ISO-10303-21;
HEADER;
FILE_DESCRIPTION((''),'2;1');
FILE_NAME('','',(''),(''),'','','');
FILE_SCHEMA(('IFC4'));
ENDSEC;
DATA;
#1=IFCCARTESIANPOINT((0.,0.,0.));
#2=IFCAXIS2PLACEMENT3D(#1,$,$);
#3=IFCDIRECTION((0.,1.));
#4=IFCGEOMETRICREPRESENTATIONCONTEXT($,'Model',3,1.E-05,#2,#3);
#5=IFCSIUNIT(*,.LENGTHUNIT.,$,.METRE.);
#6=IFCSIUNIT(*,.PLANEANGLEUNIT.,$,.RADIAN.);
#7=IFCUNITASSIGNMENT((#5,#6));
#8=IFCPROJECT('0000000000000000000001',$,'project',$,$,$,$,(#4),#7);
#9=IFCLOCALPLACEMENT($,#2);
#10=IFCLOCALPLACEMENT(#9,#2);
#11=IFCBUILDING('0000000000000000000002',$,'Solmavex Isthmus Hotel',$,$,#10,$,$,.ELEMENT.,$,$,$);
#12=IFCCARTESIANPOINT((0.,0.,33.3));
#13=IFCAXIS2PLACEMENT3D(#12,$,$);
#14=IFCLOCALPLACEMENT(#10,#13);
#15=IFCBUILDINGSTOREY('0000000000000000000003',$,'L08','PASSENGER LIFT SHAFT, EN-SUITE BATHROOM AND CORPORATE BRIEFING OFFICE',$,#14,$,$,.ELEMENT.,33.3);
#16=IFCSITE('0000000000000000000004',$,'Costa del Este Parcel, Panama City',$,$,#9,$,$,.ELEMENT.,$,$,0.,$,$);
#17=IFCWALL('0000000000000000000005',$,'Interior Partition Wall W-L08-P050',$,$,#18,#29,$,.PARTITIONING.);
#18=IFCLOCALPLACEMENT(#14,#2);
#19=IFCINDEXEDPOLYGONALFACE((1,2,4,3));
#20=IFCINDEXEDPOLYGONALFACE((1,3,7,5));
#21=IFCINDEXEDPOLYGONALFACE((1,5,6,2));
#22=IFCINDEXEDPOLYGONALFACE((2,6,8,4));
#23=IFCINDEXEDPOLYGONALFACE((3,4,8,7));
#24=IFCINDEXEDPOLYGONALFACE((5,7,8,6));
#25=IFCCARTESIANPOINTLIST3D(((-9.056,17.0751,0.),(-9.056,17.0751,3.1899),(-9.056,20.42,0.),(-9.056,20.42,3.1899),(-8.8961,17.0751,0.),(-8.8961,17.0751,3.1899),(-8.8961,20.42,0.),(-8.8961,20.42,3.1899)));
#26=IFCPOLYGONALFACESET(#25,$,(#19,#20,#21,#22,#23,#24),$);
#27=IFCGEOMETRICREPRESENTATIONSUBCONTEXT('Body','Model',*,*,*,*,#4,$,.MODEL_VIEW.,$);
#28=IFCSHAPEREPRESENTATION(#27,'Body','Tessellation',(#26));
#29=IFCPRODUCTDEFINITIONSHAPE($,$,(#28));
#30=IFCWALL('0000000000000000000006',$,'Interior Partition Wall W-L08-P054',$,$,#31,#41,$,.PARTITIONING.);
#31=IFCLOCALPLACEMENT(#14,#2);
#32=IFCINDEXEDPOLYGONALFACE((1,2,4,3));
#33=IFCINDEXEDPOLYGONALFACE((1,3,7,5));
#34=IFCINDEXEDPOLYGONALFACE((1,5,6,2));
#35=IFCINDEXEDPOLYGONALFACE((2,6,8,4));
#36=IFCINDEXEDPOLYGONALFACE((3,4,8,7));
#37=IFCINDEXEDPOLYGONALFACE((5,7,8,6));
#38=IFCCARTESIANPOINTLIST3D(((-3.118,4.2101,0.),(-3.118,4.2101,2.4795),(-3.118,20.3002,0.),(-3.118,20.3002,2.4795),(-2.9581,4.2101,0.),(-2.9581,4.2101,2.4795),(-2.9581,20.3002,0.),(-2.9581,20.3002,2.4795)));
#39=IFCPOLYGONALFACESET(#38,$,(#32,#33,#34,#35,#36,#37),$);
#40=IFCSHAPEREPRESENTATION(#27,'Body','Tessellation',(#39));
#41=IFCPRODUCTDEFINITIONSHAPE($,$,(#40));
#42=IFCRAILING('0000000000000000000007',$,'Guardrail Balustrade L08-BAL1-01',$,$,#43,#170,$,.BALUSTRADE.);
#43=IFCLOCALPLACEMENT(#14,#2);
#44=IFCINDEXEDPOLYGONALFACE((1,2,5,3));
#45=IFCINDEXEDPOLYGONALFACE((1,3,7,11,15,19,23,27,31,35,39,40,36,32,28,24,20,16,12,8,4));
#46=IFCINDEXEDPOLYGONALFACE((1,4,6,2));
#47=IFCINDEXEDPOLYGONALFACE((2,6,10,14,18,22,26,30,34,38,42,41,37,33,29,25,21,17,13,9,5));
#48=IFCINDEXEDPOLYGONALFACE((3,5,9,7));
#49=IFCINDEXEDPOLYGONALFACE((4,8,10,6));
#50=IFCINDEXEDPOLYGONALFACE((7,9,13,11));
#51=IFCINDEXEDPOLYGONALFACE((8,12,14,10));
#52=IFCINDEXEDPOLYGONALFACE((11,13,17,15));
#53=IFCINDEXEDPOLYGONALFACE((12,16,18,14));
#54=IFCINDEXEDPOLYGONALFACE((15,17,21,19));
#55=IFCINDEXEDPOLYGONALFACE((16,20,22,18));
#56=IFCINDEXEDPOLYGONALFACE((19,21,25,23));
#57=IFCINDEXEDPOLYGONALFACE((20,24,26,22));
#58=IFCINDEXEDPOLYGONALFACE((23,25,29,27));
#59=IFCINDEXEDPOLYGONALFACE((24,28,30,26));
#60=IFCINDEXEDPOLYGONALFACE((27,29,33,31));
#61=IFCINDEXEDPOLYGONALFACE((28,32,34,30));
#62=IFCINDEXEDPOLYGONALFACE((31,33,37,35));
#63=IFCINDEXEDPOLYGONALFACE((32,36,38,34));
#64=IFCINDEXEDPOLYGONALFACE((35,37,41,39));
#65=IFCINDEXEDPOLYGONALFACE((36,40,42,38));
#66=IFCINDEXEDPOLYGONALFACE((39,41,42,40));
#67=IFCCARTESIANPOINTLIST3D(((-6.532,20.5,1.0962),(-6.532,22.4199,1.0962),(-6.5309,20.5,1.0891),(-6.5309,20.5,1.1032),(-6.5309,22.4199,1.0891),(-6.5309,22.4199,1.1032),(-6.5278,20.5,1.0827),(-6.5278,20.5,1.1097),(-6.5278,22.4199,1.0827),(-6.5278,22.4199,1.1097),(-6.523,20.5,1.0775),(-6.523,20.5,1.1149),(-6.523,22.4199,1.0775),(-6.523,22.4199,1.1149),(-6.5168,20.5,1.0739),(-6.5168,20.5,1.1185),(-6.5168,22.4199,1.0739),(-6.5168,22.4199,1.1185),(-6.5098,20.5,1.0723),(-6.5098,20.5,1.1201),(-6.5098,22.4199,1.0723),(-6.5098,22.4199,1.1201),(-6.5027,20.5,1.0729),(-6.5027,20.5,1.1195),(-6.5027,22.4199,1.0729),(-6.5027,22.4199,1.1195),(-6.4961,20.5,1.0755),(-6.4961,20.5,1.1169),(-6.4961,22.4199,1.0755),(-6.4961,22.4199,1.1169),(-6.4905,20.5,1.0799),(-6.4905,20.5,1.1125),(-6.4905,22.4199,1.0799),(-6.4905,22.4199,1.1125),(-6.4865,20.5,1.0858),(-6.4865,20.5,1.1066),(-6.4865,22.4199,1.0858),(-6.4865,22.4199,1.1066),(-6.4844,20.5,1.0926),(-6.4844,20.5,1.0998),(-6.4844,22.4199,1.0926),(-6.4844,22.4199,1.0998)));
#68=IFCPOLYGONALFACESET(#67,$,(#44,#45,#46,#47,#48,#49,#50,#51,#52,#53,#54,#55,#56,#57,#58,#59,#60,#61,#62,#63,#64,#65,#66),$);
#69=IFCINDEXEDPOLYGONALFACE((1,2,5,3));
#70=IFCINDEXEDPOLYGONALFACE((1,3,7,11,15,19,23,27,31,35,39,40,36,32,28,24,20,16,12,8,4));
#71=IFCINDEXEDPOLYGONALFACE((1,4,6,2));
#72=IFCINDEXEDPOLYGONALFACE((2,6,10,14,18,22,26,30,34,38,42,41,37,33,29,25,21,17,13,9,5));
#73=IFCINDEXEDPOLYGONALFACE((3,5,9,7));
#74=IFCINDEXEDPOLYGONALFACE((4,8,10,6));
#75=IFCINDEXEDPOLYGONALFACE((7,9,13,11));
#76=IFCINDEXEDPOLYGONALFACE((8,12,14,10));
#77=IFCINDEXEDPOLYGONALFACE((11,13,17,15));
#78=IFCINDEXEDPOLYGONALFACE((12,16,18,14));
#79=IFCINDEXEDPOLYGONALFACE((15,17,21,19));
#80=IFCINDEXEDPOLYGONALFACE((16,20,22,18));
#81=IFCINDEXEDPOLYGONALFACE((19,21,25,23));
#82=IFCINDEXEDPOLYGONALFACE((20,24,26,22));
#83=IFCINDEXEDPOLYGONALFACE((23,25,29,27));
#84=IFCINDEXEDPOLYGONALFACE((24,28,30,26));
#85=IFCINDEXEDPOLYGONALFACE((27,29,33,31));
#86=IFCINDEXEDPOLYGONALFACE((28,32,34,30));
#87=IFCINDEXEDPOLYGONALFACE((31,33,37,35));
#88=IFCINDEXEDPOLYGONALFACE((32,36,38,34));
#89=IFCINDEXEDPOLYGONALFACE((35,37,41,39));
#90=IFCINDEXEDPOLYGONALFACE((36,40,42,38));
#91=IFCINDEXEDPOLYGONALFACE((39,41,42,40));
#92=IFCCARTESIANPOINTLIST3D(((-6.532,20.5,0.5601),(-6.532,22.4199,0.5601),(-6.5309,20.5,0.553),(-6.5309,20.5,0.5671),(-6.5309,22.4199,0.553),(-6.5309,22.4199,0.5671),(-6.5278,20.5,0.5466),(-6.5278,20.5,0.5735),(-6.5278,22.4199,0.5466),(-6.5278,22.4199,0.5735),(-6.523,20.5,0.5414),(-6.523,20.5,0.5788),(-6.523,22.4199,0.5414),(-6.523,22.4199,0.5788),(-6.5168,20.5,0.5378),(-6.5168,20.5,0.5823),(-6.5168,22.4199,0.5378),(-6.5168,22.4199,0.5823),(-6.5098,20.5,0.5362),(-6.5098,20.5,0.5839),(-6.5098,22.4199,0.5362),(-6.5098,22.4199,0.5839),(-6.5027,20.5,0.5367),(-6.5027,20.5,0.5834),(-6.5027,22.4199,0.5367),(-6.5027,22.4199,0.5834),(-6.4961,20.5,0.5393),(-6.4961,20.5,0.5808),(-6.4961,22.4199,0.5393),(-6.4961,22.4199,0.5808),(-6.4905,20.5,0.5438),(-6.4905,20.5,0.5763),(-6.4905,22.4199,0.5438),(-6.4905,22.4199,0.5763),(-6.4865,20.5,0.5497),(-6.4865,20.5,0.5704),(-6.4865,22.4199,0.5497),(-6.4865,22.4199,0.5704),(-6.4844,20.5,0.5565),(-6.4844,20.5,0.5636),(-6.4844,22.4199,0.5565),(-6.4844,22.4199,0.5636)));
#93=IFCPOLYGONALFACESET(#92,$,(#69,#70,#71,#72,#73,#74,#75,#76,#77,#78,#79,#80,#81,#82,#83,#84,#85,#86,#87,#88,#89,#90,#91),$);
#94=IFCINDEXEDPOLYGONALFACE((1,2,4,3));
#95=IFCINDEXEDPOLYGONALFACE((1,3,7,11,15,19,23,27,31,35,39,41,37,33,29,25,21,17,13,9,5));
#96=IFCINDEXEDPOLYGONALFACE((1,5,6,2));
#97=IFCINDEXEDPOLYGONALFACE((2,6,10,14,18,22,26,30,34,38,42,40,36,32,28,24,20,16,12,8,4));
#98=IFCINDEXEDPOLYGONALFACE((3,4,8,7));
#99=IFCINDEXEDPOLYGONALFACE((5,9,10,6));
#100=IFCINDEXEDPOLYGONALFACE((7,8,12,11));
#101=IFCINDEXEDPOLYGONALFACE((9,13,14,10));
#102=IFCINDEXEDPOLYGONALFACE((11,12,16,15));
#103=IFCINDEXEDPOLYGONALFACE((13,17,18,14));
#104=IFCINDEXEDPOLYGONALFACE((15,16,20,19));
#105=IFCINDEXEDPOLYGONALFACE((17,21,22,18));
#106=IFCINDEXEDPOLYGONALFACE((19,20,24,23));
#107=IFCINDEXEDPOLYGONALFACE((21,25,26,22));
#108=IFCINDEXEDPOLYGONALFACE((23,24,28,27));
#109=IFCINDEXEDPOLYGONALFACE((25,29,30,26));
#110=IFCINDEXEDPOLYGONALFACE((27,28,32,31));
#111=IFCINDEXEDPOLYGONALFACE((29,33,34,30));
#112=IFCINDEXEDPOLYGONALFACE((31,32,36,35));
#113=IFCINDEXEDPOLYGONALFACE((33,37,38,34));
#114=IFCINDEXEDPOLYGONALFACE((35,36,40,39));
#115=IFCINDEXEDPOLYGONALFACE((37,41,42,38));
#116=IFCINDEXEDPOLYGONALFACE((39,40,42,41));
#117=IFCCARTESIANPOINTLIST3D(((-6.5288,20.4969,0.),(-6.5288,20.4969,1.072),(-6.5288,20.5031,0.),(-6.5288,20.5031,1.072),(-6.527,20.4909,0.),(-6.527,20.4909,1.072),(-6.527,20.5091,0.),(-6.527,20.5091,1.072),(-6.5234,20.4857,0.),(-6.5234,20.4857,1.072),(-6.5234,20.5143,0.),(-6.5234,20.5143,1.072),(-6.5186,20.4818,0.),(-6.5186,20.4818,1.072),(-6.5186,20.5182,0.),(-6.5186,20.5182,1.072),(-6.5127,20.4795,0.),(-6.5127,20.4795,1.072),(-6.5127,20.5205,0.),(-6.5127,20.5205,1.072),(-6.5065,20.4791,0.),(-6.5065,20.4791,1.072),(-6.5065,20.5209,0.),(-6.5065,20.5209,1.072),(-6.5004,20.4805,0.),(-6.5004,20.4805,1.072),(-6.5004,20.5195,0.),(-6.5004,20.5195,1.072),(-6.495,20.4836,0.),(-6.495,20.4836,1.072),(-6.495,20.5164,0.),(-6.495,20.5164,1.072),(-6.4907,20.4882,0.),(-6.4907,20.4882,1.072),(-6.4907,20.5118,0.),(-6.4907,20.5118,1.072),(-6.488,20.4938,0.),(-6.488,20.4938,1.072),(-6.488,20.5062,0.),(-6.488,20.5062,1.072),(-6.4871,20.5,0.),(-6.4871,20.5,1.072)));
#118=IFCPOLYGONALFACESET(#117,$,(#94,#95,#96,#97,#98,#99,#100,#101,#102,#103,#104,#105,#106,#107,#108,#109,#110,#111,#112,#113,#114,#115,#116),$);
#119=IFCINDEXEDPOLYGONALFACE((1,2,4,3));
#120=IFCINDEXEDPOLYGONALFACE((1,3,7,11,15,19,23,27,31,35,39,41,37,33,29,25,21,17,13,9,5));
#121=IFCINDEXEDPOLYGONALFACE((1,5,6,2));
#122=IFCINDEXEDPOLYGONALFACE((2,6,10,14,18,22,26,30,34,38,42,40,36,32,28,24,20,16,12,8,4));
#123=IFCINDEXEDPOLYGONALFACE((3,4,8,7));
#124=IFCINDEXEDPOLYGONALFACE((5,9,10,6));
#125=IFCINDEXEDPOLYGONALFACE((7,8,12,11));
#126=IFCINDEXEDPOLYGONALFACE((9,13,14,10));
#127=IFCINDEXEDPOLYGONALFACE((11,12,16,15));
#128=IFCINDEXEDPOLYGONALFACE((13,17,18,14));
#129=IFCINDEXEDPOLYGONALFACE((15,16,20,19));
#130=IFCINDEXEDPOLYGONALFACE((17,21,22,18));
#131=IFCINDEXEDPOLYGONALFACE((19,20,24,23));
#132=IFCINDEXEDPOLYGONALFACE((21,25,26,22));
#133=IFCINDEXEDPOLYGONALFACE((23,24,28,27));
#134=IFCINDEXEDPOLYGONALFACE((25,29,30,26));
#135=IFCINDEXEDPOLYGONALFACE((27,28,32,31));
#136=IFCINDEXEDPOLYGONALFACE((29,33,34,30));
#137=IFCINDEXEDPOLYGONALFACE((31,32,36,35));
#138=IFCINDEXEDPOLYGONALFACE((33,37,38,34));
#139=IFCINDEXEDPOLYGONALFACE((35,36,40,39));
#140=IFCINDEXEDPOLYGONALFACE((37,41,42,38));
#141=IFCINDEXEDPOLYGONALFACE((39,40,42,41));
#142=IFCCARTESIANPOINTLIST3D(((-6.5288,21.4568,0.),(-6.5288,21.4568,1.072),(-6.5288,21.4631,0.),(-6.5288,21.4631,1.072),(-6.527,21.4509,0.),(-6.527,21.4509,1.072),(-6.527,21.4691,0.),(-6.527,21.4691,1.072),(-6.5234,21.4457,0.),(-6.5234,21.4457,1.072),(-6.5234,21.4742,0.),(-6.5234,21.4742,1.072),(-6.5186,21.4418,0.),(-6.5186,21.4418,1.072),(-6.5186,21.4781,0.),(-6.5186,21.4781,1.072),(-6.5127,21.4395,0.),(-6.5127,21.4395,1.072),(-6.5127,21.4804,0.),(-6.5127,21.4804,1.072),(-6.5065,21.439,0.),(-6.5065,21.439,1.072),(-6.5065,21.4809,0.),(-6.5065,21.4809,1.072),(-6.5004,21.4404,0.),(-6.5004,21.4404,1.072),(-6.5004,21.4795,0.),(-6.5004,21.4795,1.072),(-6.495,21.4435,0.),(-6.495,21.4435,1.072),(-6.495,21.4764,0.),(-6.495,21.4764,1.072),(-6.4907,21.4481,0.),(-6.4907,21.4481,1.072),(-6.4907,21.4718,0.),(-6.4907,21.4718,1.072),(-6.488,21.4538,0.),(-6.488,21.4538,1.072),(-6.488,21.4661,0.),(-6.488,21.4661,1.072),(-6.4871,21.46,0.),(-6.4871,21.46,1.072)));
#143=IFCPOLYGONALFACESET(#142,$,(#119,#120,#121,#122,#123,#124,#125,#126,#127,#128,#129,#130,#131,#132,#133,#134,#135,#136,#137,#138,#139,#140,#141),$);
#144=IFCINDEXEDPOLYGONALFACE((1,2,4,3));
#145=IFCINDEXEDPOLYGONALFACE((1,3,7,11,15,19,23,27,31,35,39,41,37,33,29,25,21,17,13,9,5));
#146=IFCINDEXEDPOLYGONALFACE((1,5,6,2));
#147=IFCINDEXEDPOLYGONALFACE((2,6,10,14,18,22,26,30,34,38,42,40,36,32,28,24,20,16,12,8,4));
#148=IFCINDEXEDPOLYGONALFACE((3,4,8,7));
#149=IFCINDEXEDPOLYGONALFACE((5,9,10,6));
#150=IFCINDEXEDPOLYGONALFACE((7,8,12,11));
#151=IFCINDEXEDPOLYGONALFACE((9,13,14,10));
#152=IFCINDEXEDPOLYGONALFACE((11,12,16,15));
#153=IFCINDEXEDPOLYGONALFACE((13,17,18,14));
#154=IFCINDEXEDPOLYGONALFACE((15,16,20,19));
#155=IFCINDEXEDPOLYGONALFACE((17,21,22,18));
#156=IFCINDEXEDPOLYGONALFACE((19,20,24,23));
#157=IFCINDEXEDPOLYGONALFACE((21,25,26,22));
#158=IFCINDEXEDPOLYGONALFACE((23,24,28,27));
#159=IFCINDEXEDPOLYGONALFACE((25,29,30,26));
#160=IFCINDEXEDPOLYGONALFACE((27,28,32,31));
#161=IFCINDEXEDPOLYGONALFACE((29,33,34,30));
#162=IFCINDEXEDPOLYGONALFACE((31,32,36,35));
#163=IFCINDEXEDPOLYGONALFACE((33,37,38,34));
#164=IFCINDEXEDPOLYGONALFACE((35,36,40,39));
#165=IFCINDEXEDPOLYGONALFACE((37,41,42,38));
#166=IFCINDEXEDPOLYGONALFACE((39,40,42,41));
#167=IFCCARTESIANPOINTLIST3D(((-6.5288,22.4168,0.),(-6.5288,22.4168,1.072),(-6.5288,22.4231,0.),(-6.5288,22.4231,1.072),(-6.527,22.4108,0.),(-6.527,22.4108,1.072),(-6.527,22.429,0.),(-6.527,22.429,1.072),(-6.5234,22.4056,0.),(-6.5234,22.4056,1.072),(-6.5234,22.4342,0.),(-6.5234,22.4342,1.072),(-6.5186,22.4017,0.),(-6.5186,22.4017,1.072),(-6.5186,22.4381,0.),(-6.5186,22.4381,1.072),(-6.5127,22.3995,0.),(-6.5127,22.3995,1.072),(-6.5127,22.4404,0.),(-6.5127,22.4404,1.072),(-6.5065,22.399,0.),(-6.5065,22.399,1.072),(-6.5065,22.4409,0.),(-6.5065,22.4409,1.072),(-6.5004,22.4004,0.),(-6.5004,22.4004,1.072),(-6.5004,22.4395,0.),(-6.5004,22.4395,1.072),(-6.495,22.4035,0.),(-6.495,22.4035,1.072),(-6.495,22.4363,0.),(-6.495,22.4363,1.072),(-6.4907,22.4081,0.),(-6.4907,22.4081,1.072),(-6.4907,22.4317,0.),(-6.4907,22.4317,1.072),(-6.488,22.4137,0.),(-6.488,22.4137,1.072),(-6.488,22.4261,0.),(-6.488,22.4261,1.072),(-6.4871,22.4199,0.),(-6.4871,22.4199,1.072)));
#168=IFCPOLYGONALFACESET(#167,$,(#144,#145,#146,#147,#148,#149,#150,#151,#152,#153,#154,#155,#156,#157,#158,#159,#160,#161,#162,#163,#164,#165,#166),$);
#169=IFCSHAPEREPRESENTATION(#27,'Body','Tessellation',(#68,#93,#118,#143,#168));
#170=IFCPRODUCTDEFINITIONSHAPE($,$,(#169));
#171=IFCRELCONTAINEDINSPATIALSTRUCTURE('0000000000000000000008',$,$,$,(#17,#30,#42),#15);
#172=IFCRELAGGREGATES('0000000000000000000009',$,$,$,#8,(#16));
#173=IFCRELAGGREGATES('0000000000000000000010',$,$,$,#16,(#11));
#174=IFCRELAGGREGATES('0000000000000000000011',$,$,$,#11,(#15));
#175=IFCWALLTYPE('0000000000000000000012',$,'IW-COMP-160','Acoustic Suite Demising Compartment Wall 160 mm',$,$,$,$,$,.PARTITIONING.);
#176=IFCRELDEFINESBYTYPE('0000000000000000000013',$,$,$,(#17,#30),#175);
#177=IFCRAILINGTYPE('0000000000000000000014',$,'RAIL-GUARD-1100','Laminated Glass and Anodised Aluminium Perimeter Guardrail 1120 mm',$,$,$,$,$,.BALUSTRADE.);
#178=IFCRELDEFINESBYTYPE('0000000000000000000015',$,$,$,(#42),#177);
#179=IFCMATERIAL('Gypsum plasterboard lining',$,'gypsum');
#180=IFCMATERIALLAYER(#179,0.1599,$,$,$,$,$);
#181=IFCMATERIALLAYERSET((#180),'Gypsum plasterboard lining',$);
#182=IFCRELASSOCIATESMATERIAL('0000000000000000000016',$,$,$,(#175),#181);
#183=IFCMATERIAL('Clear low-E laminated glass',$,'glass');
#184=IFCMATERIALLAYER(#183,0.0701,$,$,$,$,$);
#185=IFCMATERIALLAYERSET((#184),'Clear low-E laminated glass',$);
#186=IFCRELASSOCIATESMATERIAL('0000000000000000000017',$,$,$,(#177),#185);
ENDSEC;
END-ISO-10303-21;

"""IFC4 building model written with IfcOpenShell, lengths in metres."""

from ifc_helpers import new_model, si_unit, direction, frame, frame_2d, origin, origin_2d, place, context, subcontext, project, spatial, rectangle, circle, extrude, material, layer, layer_set, type_object, element, save


model = new_model("IFC4")

# Units and contexts
model_context = context("Model", 3, precision=1e-05, world=origin(), true_north=direction((0.0, 1.0)))
body_context = subcontext(model_context, "Body", "Model", "MODEL_VIEW")
ifc_project = project(units=[si_unit("LENGTHUNIT", "METRE"), si_unit("PLANEANGLEUNIT", "RADIAN")], contexts=[model_context])

# Site, building, storey
site_placement = place(None, origin())
site = spatial("IfcSite", under=ifc_project, at=site_placement, Name="Costa del Este Parcel, Panama City", CompositionType="ELEMENT", RefElevation=0.0)
building_placement = place(site_placement, origin())
building = spatial("IfcBuilding", under=site, at=building_placement, Name="Solmavex Isthmus Hotel", CompositionType="ELEMENT")
storey_placement = place(building_placement, frame((0.0, 0.0, 33.3)))
storey = spatial("IfcBuildingStorey", under=building, at=storey_placement, Name="L08", Description="PASSENGER LIFT SHAFT, EN-SUITE BATHROOM AND CORPORATE BRIEFING OFFICE", CompositionType="ELEMENT", Elevation=33.3)

# Shared definitions
ifc_material_1 = material(Name="Clear low-E laminated glass", Category="glass")

# Walls
ifc_material_2 = material(Name="Gypsum plasterboard lining", Category="gypsum")
ifc_layer_1 = layer(ifc_material_2, 0.1599)
ifc_layer_set_1 = layer_set([ifc_layer_1], Name="Gypsum plasterboard lining")
wall_type_1 = type_object("IfcWallType", Name="IW-COMP-160", Description="Acoustic Suite Demising Compartment Wall 160 mm", PredefinedType="PARTITIONING", material=ifc_layer_set_1)
for number, where, z_axis, x_axis, name in (
    (1, (-8.9761, 20.4199, 0.0), (0.0, 0.0, 1.0), (0.0, -1.0, 0.0), "Interior Partition Wall W-L08-P050"),
):
    element("IfcWall", number, at=place(storey_placement, frame(where, z_axis=z_axis, x_axis=x_axis)), inside=storey, type_object=wall_type_1, Name=name, PredefinedType="PARTITIONING", context=body_context, shape_type="SweptSolid", body=[
        extrude(rectangle(XDim=3.345, YDim=0.1599, at=frame_2d((1.6724, 0.0))), origin(), (0.0, 0.0, 1.0), 3.1899),
    ])
wall_1_placement = place(storey_placement, frame((-3.0381, 20.3, 0.0), z_axis=(0.0, 0.0, 1.0), x_axis=(0.0, -1.0, 0.0)))
element("IfcWall", 2, at=wall_1_placement, inside=storey, type_object=wall_type_1, Name="Interior Partition Wall W-L08-P054", PredefinedType="PARTITIONING", context=body_context, shape_type="SweptSolid", body=[
    extrude(rectangle(XDim=16.0901, YDim=0.1599, at=frame_2d((8.0449, 0.0))), origin(), (0.0, 0.0, 1.0), 2.4795),
])

# Railing
ifc_layer_2 = layer(ifc_material_1, 0.0701)
ifc_layer_set_2 = layer_set([ifc_layer_2], Name="Clear low-E laminated glass")
railing_type = type_object("IfcRailingType", Name="RAIL-GUARD-1100", Description="Laminated Glass and Anodised Aluminium Perimeter Guardrail 1120 mm", PredefinedType="BALUSTRADE", material=ifc_layer_set_2)
railing_1_placement = place(storey_placement, frame((-6.5081, 20.5, 0.0)))
element("IfcRailing", 3, at=railing_1_placement, inside=storey, type_object=railing_type, Name="Guardrail Balustrade L08-BAL1-01", PredefinedType="BALUSTRADE", context=body_context, shape_type="SweptSolid", body=[
    extrude(circle(Radius=0.0239, at=origin_2d()), frame((0.0, 0.0, 1.0962), z_axis=(0.0, 1.0, 0.0), x_axis=(-1.0, 0.0, 0.0)), (0.0, 0.0, 1.0), 1.9199),
    extrude(circle(Radius=0.0239, at=origin_2d()), frame((0.0, 0.0, 0.5601), z_axis=(0.0, 1.0, 0.0), x_axis=(-1.0, 0.0, 0.0)), (0.0, 0.0, 1.0), 1.9199),
    extrude(circle(Radius=0.021, at=origin_2d()), origin(), (0.0, 0.0, 1.0), 1.072),
    extrude(circle(Radius=0.021, at=origin_2d()), frame((0.0, 0.96, 0.0)), (0.0, 0.0, 1.0), 1.072),
    extrude(circle(Radius=0.021, at=origin_2d()), frame((0.0, 1.9199, 0.0)), (0.0, 0.0, 1.0), 1.072),
])

save(model, "model.ifc")
